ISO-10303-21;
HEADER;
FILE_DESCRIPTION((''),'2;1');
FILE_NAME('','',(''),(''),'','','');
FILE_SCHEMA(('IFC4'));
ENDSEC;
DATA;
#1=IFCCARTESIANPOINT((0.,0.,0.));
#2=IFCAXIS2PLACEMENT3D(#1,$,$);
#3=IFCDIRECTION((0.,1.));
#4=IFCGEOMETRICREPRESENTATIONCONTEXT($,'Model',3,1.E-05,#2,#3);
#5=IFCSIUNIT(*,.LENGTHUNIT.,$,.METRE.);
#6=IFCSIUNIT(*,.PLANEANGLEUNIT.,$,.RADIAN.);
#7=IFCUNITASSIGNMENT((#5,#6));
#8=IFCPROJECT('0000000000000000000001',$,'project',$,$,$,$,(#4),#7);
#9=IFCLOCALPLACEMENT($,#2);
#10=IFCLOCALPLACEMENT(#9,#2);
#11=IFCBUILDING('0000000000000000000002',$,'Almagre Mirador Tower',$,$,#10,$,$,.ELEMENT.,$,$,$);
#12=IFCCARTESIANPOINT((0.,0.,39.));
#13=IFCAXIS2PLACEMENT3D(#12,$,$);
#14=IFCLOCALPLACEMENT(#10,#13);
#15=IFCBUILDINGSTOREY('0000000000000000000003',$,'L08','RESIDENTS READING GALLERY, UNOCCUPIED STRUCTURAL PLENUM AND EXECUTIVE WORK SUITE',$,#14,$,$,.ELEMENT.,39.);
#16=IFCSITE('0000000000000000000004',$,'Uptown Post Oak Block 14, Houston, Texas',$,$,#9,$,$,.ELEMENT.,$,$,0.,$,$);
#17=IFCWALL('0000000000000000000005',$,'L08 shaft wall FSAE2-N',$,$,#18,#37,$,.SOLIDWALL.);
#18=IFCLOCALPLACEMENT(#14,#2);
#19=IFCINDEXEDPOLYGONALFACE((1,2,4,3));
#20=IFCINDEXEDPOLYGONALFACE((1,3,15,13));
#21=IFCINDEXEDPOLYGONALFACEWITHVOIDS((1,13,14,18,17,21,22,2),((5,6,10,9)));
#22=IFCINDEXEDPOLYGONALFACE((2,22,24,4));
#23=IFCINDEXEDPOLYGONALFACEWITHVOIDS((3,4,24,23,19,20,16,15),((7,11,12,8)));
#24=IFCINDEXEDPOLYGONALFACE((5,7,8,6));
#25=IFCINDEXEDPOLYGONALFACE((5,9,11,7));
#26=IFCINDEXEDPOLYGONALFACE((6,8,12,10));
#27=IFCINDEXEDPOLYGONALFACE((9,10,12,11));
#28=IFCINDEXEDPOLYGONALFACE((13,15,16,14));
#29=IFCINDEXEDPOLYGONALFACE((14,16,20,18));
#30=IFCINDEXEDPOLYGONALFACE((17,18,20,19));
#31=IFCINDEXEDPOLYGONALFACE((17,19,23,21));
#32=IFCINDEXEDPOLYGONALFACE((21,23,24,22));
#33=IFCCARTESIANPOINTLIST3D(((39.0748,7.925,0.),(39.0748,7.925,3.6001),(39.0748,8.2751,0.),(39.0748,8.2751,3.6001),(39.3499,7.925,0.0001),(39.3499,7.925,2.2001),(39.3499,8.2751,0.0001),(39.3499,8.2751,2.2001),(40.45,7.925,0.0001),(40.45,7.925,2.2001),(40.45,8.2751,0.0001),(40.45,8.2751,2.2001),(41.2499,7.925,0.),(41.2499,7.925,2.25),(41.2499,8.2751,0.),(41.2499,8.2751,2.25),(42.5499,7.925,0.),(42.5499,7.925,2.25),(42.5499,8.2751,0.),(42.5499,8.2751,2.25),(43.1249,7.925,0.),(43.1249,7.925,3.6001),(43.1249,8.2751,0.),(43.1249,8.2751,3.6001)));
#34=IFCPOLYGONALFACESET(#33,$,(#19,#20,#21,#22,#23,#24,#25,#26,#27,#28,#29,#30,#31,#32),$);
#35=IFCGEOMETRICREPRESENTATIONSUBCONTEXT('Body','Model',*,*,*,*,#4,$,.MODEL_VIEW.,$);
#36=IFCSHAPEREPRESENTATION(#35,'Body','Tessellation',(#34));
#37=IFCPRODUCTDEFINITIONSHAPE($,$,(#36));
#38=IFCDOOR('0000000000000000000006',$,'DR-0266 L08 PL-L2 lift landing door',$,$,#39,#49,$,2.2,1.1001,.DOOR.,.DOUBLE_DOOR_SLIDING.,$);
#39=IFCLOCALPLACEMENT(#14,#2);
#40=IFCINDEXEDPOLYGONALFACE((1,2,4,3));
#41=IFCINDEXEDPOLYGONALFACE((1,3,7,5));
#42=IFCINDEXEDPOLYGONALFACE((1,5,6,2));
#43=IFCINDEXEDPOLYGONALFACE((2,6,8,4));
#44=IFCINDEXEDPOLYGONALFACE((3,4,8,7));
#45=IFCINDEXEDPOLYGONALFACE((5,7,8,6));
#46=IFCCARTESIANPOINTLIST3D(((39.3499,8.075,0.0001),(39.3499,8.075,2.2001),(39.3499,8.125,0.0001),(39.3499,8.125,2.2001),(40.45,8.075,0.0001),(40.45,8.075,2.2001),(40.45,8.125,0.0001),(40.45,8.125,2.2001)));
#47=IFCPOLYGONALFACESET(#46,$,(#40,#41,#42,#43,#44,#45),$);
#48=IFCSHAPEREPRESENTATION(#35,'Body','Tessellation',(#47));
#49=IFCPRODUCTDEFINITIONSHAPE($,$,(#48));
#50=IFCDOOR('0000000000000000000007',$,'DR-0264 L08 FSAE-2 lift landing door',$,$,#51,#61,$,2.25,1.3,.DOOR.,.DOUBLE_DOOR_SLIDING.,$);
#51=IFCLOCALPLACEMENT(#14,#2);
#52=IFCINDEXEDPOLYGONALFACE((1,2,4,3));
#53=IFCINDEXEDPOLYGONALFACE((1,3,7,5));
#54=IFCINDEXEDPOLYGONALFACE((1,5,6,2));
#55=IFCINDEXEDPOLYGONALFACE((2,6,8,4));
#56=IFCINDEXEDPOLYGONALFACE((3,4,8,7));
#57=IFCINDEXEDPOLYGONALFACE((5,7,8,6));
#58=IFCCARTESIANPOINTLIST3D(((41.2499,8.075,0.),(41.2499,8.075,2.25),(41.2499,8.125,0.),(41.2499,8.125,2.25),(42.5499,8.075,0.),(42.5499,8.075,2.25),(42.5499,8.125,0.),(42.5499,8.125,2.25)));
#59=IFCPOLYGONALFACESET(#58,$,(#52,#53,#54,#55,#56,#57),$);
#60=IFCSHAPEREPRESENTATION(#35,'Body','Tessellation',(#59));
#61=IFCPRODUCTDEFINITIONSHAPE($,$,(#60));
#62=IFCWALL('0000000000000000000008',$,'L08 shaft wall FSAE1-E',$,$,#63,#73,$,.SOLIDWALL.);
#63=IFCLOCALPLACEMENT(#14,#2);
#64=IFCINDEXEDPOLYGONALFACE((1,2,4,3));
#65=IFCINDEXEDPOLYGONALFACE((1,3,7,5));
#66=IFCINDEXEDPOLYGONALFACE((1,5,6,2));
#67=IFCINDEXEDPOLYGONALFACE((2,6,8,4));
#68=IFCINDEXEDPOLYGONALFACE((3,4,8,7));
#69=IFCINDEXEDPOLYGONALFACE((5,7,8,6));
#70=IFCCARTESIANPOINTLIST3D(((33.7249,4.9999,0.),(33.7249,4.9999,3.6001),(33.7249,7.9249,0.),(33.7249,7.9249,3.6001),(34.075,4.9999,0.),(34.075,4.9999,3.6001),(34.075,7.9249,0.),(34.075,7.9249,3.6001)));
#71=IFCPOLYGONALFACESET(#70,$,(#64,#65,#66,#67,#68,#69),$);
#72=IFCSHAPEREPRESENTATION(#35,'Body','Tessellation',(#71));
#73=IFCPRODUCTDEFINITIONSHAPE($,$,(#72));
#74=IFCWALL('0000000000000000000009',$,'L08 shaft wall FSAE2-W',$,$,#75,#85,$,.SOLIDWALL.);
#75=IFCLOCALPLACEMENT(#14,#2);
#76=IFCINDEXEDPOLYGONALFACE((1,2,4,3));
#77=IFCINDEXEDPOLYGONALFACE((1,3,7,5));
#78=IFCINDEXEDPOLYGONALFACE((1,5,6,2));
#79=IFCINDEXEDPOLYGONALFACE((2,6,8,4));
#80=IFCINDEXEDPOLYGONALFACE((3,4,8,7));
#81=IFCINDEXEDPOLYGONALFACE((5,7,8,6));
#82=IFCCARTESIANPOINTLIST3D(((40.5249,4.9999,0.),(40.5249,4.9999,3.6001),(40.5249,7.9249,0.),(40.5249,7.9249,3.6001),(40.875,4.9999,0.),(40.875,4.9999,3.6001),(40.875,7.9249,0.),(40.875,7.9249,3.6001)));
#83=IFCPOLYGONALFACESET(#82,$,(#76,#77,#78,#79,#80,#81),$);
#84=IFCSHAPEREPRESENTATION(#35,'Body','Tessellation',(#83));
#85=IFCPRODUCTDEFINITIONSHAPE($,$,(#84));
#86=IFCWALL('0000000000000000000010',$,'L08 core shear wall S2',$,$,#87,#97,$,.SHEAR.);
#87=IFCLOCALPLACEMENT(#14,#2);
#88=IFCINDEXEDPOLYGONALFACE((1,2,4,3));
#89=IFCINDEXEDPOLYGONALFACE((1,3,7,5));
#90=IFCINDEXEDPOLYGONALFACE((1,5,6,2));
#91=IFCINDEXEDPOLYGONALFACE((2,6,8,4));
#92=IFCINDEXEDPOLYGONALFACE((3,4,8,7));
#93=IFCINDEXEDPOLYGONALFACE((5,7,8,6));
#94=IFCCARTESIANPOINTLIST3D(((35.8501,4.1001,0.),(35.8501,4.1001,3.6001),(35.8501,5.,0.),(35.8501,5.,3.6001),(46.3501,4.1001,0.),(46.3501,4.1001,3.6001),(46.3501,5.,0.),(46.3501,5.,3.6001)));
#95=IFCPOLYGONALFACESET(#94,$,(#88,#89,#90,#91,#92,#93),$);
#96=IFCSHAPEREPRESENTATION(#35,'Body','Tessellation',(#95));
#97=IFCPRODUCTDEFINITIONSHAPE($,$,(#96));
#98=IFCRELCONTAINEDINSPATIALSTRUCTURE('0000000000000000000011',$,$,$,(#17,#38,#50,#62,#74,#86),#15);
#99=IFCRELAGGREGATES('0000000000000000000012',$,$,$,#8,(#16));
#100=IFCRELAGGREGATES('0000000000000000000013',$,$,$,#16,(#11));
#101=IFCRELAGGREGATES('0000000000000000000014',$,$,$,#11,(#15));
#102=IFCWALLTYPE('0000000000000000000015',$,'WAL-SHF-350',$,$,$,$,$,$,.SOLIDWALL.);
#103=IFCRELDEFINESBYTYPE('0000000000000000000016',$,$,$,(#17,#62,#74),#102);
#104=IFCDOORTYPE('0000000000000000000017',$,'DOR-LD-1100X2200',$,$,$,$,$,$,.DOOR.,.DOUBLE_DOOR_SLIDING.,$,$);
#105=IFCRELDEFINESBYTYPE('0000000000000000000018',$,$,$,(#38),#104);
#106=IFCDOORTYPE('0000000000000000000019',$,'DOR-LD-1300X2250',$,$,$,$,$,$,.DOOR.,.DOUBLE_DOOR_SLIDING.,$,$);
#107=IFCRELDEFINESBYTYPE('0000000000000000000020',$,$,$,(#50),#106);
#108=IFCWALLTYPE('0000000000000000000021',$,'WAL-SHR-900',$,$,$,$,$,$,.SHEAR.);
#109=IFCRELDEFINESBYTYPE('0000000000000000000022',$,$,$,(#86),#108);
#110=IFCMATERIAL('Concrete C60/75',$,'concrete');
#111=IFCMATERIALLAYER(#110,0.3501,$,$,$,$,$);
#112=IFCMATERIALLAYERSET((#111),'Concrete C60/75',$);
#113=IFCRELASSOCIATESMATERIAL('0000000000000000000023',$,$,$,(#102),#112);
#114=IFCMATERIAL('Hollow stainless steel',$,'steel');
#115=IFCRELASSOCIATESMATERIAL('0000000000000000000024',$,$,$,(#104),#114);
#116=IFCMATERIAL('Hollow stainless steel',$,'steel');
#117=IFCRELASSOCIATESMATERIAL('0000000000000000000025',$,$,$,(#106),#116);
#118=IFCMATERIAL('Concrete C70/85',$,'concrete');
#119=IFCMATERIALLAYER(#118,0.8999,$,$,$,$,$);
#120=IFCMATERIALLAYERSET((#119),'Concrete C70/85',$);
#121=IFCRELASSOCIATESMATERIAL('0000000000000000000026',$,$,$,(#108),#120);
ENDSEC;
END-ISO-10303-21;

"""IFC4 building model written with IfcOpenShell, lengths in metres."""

from ifc_helpers import new_model, si_unit, direction, frame, frame_2d, origin, place, context, subcontext, project, spatial, rectangle, extrude, material, layer, layer_set, type_object, element, fill, save


model = new_model("IFC4")

# Units and contexts
model_context = context("Model", 3, precision=1e-05, world=origin(), true_north=direction((0.0, 1.0)))
body_context = subcontext(model_context, "Body", "Model", "MODEL_VIEW")
ifc_project = project(units=[si_unit("LENGTHUNIT", "METRE"), si_unit("PLANEANGLEUNIT", "RADIAN")], contexts=[model_context])

# Site, building, storey
site_placement = place(None, origin())
site = spatial("IfcSite", under=ifc_project, at=site_placement, Name="Uptown Post Oak Block 14, Houston, Texas", CompositionType="ELEMENT", RefElevation=0.0)
building_placement = place(site_placement, origin())
building = spatial("IfcBuilding", under=site, at=building_placement, Name="Almagre Mirador Tower", CompositionType="ELEMENT")
storey_placement = place(building_placement, frame((0.0, 0.0, 39.0)))
storey = spatial("IfcBuildingStorey", under=building, at=storey_placement, Name="L08", Description="RESIDENTS READING GALLERY, UNOCCUPIED STRUCTURAL PLENUM AND EXECUTIVE WORK SUITE", CompositionType="ELEMENT", Elevation=39.0)

# Shared definitions
ifc_material_1 = material(Name="Concrete C60/75", Category="concrete")
ifc_layer_1 = layer(ifc_material_1, 0.3501)
ifc_layer_set_1 = layer_set([ifc_layer_1], Name="Concrete C60/75")
wall_type_1 = type_object("IfcWallType", Name="WAL-SHF-350", PredefinedType="SOLIDWALL", material=ifc_layer_set_1)

# Wall, openings, doors
wall_1_placement = place(storey_placement, frame((39.075, 8.1001, 0.0), z_axis=(0.0, 0.0, 1.0), x_axis=(1.0, 0.0, 0.0)))
wall_1 = element("IfcWall", 1, at=wall_1_placement, inside=storey, type_object=wall_type_1, Name="L08 shaft wall FSAE2-N", PredefinedType="SOLIDWALL", context=body_context, shape_type="SweptSolid", body=[
    extrude(rectangle(XDim=4.05, YDim=0.3501, at=frame_2d((2.0249, 0.0))), origin(), (0.0, 0.0, 1.0), 3.6001),
])
opening_1_placement = place(wall_1_placement, frame((2.175, 0.0, 0.0)))
opening_1 = element("IfcOpeningElement", 2, at=opening_1_placement, cuts=wall_1, PredefinedType="OPENING", context=body_context, shape_type="SweptSolid", body=[
    extrude(rectangle(XDim=1.3, YDim=2.25, at=frame_2d((0.6499, 1.125))), frame((0.0, 0.185, 0.0), z_axis=(0.0, -1.0, 0.0), x_axis=(1.0, 0.0, 0.0)), (0.0, 0.0, 1.0), 0.3701),
])
opening_2_placement = place(wall_1_placement, frame((0.2749, 0.0, 0.0)))
opening_2 = element("IfcOpeningElement", 3, at=opening_2_placement, cuts=wall_1, PredefinedType="OPENING", context=body_context, shape_type="SweptSolid", body=[
    extrude(rectangle(XDim=1.1001, YDim=2.2, at=frame_2d((0.55, 1.1001))), frame((0.0, 0.185, 0.0), z_axis=(0.0, -1.0, 0.0), x_axis=(1.0, 0.0, 0.0)), (0.0, 0.0, 1.0), 0.3701),
])
ifc_material_2 = material(Name="Hollow stainless steel", Category="steel")
door_type_1 = type_object("IfcDoorType", Name="DOR-LD-1100X2200", OperationType="DOUBLE_DOOR_SLIDING", PredefinedType="DOOR", material=ifc_material_2)
door_1_placement = place(opening_2_placement, origin())
door_1 = element("IfcDoor", 4, at=door_1_placement, inside=storey, type_object=door_type_1, Name="DR-0266 L08 PL-L2 lift landing door", OperationType="DOUBLE_DOOR_SLIDING", OverallHeight=2.2, OverallWidth=1.1001, PredefinedType="DOOR", context=body_context, shape_type="SweptSolid", body=[
    extrude(rectangle(XDim=1.1001, YDim=2.2, at=frame_2d((0.55, 1.1001))), frame((0.0, 0.0249, 0.0), z_axis=(0.0, -1.0, 0.0), x_axis=(1.0, 0.0, 0.0)), (0.0, 0.0, 1.0), 0.05),
])
fill(opening_2, door_1)
ifc_material_3 = material(Name="Hollow stainless steel", Category="steel")
door_type_2 = type_object("IfcDoorType", Name="DOR-LD-1300X2250", OperationType="DOUBLE_DOOR_SLIDING", PredefinedType="DOOR", material=ifc_material_3)
door_2_placement = place(opening_1_placement, origin())
door_2 = element("IfcDoor", 5, at=door_2_placement, inside=storey, type_object=door_type_2, Name="DR-0264 L08 FSAE-2 lift landing door", OperationType="DOUBLE_DOOR_SLIDING", OverallHeight=2.25, OverallWidth=1.3, PredefinedType="DOOR", context=body_context, shape_type="SweptSolid", body=[
    extrude(rectangle(XDim=1.3, YDim=2.25, at=frame_2d((0.6499, 1.125))), frame((0.0, 0.0249, 0.0), z_axis=(0.0, -1.0, 0.0), x_axis=(1.0, 0.0, 0.0)), (0.0, 0.0, 1.0), 0.05),
])
fill(opening_1, door_2)

# Walls
for number, where, z_axis, x_axis, name in (
    (6, (33.8999, 5.0, 0.0), (0.0, 0.0, 1.0), (0.0, 1.0, 0.0), "L08 shaft wall FSAE1-E"),
    (7, (40.7, 5.0, 0.0), (0.0, 0.0, 1.0), (0.0, 1.0, 0.0), "L08 shaft wall FSAE2-W"),
):
    element("IfcWall", number, at=place(storey_placement, frame(where, z_axis=z_axis, x_axis=x_axis)), inside=storey, type_object=wall_type_1, Name=name, PredefinedType="SOLIDWALL", context=body_context, shape_type="SweptSolid", body=[
        extrude(rectangle(XDim=2.925, YDim=0.3501, at=frame_2d((1.4624, 0.0))), origin(), (0.0, 0.0, 1.0), 3.6001),
    ])
ifc_material_4 = material(Name="Concrete C70/85", Category="concrete")
ifc_layer_2 = layer(ifc_material_4, 0.8999)
ifc_layer_set_2 = layer_set([ifc_layer_2], Name="Concrete C70/85")
wall_type_2 = type_object("IfcWallType", Name="WAL-SHR-900", PredefinedType="SHEAR", material=ifc_layer_set_2)
wall_2_placement = place(storey_placement, frame((35.8501, 4.55, 0.0), z_axis=(0.0, 0.0, 1.0), x_axis=(1.0, 0.0, 0.0)))
element("IfcWall", 8, at=wall_2_placement, inside=storey, type_object=wall_type_2, Name="L08 core shear wall S2", PredefinedType="SHEAR", context=body_context, shape_type="SweptSolid", body=[
    extrude(rectangle(XDim=10.5, YDim=0.8999, at=frame_2d((5.25, 0.0))), origin(), (0.0, 0.0, 1.0), 3.6001),
])

save(model, "model.ifc")
